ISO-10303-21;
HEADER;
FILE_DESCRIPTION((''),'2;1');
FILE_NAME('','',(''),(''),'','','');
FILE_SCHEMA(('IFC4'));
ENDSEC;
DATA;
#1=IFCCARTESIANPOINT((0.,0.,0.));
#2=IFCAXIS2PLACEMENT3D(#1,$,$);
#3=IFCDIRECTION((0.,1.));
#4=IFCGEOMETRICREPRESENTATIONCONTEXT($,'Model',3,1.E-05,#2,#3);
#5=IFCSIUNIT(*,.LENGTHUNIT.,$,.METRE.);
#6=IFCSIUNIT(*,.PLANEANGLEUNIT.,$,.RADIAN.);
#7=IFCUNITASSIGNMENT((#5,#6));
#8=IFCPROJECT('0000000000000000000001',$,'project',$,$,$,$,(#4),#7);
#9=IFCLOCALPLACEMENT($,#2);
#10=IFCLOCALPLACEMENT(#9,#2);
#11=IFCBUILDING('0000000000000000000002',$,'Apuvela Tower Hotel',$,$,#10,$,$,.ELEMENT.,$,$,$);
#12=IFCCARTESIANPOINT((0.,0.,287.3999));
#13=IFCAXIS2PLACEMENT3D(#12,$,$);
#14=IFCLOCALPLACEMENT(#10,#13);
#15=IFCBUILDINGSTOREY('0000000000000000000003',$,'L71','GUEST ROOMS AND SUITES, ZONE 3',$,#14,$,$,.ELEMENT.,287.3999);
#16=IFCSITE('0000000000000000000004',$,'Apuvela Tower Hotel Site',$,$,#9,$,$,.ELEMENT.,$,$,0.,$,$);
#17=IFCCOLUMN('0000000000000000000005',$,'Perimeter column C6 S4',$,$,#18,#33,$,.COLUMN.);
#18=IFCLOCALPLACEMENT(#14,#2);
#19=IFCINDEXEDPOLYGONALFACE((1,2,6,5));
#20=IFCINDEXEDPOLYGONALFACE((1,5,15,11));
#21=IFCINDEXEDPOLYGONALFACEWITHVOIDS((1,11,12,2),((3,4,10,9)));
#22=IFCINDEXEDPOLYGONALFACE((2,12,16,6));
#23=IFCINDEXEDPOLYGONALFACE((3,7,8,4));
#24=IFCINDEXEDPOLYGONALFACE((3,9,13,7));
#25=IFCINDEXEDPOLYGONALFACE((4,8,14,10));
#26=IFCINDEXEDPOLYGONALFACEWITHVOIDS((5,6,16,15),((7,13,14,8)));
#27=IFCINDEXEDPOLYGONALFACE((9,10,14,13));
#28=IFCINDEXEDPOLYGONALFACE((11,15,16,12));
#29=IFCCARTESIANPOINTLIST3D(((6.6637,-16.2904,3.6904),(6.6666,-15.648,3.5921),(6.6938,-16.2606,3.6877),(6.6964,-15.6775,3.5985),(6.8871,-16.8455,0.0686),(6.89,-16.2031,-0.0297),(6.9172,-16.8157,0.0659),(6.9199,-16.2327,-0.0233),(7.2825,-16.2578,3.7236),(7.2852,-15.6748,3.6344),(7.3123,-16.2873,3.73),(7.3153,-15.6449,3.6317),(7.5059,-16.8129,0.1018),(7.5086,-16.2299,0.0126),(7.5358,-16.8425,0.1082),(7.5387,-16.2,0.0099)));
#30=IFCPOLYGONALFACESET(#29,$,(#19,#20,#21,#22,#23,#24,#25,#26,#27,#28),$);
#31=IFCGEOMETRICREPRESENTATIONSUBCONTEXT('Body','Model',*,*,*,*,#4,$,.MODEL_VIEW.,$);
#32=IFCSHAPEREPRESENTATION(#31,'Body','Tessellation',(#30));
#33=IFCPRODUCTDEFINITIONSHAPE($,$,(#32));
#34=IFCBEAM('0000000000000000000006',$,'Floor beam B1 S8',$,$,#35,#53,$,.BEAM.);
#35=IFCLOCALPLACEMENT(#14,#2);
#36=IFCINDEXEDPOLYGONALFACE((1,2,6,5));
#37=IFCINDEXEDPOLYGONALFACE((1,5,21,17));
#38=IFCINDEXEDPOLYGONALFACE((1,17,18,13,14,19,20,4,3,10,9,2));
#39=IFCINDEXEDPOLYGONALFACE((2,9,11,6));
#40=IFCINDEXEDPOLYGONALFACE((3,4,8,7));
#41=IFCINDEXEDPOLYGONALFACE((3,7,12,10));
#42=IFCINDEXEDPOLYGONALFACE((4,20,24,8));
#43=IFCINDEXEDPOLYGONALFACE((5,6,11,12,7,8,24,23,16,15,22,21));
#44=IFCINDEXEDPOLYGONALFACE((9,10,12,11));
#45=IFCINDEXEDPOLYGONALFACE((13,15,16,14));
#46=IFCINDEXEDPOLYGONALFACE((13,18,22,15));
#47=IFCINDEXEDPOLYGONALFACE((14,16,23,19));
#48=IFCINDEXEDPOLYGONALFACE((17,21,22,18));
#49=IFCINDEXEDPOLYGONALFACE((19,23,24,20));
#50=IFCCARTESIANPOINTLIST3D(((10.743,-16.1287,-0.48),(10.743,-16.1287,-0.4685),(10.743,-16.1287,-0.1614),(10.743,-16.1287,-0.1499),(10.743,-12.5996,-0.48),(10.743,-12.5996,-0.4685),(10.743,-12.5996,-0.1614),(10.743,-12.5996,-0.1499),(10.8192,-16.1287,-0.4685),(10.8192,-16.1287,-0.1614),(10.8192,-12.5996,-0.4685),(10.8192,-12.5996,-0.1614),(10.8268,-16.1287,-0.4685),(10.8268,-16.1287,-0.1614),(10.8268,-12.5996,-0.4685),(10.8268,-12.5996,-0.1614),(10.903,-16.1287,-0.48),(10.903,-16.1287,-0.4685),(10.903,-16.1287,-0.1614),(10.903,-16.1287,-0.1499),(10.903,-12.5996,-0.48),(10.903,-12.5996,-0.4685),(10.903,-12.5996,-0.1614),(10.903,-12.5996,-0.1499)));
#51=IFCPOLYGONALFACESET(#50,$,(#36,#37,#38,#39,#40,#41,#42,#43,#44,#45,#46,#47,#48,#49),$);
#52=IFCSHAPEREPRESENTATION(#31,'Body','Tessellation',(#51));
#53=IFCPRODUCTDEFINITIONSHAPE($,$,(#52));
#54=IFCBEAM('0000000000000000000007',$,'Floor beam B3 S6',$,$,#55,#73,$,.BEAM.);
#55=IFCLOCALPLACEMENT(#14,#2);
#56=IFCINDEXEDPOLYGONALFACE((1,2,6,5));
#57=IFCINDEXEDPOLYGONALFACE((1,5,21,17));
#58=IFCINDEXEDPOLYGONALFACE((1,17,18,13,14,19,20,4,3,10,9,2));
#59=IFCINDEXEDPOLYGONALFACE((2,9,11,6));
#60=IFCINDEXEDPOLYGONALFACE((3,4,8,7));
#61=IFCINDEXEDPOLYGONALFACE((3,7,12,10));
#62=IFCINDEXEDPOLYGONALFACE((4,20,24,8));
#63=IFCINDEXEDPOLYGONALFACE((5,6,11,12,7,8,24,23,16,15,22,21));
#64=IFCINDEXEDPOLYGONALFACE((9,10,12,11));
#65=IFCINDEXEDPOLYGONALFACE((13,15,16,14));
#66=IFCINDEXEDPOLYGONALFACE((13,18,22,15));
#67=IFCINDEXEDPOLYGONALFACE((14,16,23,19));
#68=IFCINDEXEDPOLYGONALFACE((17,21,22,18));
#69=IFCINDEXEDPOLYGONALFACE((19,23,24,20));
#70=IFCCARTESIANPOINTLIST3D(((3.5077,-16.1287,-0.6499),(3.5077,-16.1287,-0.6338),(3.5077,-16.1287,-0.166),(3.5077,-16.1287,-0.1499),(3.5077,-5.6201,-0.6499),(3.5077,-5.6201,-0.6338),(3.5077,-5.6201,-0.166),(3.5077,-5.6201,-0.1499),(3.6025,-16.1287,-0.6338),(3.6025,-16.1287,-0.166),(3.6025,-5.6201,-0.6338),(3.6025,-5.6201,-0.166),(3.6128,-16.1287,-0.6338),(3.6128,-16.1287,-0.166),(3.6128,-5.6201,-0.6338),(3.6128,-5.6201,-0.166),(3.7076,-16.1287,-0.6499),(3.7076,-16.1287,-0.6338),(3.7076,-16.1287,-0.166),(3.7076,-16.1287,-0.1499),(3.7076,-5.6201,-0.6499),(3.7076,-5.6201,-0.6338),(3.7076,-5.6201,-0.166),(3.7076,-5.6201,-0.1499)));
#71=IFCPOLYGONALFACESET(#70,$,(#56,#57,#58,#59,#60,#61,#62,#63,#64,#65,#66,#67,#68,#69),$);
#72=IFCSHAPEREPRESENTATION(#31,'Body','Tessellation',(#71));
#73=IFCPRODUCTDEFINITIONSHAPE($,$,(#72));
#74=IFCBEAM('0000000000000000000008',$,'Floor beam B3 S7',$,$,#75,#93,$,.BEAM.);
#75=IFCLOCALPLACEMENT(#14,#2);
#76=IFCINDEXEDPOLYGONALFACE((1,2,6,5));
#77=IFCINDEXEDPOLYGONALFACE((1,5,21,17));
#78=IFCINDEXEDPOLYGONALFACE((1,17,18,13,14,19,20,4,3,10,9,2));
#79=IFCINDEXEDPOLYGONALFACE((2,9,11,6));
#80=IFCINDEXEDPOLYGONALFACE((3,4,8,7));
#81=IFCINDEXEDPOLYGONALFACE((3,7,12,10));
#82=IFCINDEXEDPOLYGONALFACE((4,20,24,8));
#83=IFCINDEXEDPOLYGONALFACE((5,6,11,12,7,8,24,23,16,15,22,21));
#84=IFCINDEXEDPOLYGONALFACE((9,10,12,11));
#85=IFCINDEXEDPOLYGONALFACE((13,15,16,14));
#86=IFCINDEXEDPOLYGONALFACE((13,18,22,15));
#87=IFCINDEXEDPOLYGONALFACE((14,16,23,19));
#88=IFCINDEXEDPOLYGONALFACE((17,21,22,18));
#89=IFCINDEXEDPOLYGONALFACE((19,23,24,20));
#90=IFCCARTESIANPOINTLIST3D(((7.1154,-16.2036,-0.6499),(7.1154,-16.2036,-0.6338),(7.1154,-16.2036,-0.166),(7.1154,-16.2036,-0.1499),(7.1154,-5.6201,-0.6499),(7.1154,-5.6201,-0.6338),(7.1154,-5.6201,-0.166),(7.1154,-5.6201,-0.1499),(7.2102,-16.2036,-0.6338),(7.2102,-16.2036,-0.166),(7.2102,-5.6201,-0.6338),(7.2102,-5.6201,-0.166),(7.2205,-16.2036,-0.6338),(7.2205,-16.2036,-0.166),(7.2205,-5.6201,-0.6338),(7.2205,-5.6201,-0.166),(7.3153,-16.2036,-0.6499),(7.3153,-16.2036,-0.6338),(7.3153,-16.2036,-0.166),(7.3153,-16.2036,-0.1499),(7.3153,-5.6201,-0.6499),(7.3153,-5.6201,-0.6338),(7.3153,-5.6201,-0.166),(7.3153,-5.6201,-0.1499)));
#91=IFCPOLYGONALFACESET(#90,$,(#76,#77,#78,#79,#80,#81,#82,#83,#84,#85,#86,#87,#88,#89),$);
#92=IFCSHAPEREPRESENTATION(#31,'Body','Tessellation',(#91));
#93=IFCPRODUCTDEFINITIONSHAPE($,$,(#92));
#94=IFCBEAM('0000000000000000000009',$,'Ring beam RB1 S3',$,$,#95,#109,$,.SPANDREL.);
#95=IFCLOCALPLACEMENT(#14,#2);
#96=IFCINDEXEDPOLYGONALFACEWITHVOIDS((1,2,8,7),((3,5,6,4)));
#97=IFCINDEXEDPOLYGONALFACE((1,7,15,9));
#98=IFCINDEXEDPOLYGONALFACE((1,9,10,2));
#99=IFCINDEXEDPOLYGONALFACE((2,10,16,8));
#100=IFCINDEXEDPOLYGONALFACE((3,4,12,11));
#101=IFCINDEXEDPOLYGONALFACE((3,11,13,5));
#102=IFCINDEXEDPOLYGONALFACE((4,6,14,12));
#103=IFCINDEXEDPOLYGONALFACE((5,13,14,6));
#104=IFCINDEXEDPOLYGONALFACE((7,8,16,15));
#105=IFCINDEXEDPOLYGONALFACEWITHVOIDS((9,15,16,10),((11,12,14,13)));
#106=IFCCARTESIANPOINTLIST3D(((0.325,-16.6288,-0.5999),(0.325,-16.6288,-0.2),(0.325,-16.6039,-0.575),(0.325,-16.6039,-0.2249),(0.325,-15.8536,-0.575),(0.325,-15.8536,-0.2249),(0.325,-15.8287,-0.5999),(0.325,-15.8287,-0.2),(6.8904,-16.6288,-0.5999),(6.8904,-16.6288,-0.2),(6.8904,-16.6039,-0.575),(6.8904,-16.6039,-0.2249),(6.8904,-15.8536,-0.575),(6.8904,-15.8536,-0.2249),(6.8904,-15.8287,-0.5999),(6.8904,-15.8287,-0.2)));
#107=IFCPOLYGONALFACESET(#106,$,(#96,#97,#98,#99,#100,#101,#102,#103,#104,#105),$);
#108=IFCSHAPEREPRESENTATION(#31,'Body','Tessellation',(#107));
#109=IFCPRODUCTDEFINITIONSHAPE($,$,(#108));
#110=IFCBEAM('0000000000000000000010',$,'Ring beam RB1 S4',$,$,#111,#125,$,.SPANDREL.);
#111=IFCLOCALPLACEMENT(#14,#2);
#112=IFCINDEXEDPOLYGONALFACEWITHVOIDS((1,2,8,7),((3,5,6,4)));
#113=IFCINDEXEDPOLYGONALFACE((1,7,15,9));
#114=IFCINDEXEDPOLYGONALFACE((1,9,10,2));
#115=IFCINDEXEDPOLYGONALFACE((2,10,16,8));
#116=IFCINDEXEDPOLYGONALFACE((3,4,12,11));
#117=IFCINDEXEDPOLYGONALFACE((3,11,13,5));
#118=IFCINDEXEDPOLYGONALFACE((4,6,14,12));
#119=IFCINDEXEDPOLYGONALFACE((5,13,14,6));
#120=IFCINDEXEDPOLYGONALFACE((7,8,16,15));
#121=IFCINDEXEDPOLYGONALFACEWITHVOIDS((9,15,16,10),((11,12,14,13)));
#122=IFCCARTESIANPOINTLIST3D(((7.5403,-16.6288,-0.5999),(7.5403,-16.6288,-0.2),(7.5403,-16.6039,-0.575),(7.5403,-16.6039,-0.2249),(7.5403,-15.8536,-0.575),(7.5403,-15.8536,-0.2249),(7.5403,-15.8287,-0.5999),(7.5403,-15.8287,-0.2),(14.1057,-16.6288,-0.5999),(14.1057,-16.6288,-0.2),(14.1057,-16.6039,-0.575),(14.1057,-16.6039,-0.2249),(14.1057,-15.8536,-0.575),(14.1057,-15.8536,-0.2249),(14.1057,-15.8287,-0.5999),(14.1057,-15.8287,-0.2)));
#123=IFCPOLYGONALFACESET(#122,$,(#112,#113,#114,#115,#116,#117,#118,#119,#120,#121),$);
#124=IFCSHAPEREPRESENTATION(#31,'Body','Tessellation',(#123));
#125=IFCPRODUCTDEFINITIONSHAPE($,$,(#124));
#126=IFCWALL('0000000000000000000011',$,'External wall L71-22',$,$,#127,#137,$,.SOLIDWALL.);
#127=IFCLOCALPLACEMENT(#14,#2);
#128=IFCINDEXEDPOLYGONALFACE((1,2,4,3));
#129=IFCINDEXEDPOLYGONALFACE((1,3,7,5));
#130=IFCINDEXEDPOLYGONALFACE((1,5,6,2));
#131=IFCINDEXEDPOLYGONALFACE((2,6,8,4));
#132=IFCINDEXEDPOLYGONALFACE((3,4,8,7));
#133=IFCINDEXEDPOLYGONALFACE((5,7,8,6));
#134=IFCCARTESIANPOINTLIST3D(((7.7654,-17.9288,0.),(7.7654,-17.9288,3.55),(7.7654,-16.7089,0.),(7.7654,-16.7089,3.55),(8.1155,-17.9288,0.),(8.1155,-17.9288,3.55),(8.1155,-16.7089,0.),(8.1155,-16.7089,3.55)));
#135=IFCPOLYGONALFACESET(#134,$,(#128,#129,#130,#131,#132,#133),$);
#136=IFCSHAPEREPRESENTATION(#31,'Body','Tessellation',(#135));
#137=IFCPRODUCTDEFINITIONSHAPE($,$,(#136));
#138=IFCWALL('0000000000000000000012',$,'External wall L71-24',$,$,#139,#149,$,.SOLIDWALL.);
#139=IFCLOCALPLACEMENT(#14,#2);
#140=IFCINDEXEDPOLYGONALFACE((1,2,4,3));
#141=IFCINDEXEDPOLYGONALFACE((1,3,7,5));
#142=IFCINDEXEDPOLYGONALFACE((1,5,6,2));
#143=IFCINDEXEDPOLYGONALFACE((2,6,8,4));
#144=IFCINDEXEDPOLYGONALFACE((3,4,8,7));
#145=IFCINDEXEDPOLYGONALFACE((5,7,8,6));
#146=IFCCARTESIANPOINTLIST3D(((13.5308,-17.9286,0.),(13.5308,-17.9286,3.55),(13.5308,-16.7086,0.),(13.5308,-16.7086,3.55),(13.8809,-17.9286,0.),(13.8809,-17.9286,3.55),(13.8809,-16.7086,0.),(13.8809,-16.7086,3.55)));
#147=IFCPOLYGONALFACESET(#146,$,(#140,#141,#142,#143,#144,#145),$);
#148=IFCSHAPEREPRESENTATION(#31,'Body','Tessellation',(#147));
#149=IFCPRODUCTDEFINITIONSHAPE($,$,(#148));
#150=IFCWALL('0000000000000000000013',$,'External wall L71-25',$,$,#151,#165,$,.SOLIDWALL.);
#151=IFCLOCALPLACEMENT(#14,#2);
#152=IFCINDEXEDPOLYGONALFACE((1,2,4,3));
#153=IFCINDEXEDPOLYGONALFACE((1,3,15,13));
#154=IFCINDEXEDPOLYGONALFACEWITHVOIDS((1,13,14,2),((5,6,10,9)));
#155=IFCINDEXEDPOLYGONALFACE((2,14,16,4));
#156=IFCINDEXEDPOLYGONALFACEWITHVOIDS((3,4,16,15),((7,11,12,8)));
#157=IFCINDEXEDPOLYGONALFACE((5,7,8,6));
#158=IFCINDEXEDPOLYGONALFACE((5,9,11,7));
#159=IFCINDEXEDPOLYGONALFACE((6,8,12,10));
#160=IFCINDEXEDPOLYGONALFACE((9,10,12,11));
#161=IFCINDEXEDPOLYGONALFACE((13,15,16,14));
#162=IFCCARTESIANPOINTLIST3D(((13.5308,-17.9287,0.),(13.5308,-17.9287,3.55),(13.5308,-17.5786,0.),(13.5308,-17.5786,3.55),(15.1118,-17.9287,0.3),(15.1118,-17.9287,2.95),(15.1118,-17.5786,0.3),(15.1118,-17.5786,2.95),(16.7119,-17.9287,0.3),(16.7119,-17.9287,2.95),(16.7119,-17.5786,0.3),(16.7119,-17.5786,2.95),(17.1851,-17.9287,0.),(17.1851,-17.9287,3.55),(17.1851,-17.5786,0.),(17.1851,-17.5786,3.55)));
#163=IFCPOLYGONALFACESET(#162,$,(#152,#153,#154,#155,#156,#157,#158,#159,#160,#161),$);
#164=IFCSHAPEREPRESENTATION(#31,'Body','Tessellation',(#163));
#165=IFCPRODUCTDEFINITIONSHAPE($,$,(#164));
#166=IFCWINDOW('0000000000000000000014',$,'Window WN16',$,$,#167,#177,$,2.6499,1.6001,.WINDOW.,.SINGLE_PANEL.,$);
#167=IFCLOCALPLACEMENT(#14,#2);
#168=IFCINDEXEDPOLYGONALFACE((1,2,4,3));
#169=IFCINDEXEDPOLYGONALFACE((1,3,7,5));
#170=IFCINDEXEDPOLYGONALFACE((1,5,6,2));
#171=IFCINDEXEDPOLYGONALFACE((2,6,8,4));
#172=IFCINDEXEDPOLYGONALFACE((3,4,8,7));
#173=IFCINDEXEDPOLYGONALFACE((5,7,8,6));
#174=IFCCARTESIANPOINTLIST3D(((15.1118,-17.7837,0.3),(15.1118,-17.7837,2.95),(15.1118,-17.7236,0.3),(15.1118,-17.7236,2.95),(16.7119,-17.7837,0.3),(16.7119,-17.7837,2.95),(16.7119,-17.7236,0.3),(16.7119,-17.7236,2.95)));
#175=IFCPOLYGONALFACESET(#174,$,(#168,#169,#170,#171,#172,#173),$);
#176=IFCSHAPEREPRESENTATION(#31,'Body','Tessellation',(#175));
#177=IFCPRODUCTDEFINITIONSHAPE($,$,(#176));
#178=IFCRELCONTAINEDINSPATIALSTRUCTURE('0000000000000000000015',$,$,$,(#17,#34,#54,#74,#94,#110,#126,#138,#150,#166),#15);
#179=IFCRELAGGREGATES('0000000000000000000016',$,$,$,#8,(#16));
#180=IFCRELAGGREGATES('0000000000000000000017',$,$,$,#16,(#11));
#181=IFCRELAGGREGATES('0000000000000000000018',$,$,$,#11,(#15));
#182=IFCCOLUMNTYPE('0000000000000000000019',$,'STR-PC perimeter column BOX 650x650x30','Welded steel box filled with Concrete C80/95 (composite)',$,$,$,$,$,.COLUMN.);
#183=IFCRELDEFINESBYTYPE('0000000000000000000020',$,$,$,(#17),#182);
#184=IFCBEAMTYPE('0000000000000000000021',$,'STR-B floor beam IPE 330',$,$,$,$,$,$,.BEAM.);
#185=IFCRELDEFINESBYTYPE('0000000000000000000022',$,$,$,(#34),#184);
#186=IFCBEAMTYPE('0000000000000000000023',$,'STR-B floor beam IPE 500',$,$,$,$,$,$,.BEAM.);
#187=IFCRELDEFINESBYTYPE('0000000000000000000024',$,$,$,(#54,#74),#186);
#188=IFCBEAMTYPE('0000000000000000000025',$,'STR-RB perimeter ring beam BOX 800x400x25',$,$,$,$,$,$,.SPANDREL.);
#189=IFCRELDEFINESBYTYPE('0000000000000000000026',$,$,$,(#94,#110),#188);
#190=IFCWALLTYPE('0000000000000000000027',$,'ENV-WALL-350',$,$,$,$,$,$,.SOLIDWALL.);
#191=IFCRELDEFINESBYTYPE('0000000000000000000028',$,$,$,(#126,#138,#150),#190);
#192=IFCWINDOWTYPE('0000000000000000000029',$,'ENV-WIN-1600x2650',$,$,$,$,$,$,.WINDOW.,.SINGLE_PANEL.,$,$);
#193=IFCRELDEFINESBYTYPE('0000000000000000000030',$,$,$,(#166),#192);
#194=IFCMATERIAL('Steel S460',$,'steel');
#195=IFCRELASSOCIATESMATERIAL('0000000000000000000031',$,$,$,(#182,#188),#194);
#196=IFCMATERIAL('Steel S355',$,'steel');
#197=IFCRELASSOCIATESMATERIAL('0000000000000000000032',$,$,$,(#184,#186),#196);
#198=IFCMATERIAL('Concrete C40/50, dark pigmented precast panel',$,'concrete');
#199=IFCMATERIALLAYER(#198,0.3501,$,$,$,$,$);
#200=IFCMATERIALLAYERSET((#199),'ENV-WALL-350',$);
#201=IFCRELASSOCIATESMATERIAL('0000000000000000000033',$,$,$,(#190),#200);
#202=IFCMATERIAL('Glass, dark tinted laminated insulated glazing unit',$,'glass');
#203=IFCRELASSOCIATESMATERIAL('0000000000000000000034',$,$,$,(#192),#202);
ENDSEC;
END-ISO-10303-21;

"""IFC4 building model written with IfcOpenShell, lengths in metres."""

from ifc_helpers import new_model, si_unit, direction, frame, frame_2d, origin, origin_2d, place, context, subcontext, project, spatial, rectangle, hollow_rectangle, i_section, extrude, boolean, halfspace, material, layer, layer_set, material_profile, profile_set, type_object, element, fill, save


model = new_model("IFC4")

# Units and contexts
model_context = context("Model", 3, precision=1e-05, world=origin(), true_north=direction((0.0, 1.0)))
body_context = subcontext(model_context, "Body", "Model", "MODEL_VIEW")
ifc_project = project(units=[si_unit("LENGTHUNIT", "METRE"), si_unit("PLANEANGLEUNIT", "RADIAN")], contexts=[model_context])

# Site, building, storey
site_placement = place(None, origin())
site = spatial("IfcSite", under=ifc_project, at=site_placement, Name="Apuvela Tower Hotel Site", CompositionType="ELEMENT", RefElevation=0.0)
building_placement = place(site_placement, origin())
building = spatial("IfcBuilding", under=site, at=building_placement, Name="Apuvela Tower Hotel", CompositionType="ELEMENT")
storey_placement = place(building_placement, frame((0.0, 0.0, 287.3999)))
storey = spatial("IfcBuildingStorey", under=building, at=storey_placement, Name="L71", Description="GUEST ROOMS AND SUITES, ZONE 3", CompositionType="ELEMENT", Elevation=287.3999)

# Column
ifc_material_1 = material(Name="Steel S460", Category="steel")
ifc_material_profile_1 = material_profile(ifc_material_1, hollow_rectangle(XDim=0.6499, YDim=0.6499, WallThickness=0.03, at=origin_2d()), Name="BOX 650x650x30")
ifc_material_2 = material(Name="Concrete C80/95", Category="concrete")
ifc_material_profile_2 = material_profile(ifc_material_2, rectangle(XDim=0.5901, YDim=0.5901, at=origin_2d()), Name="Concrete C80/95 infill")
ifc_profile_set_1 = profile_set([ifc_material_profile_1, ifc_material_profile_2], Name="Steel S460")
column_type = type_object("IfcColumnType", Name="STR-PC perimeter column BOX 650x650x30", Description="Welded steel box filled with Concrete C80/95 (composite)", PredefinedType="COLUMN", material=ifc_profile_set_1)
column_placement = place(storey_placement, frame((7.2153, -16.5288, 0.0), z_axis=(-0.060867, 0.151222, 0.986624), x_axis=(0.998136, 0.004713, 0.060854)))
element("IfcColumn", 1, at=column_placement, inside=storey, type_object=column_type, Name="Perimeter column C6 S4", PredefinedType="COLUMN", context=body_context, shape_type="SweptSolid", body=[
    boolean("DIFFERENCE", boolean("DIFFERENCE", extrude(hollow_rectangle(XDim=0.6499, YDim=0.6499, WallThickness=0.03, at=origin_2d()), origin(), (0.0, 0.0, 1.0), 3.7502), halfspace(frame((0.0, 0.0, 0.0398), z_axis=(0.0, 0.0, 1.0), x_axis=(1.0, 0.0, 0.0)), True)), halfspace(frame((0.0, 0.0, 3.7107), z_axis=(0.0, 0.0, 1.0), x_axis=(1.0, 0.0, 0.0)), False)),
])

# Beams
ifc_material_3 = material(Name="Steel S355", Category="steel")
ifc_material_profile_3 = material_profile(ifc_material_3, i_section(OverallWidth=0.1599, OverallDepth=0.3301, WebThickness=0.0076, FlangeThickness=0.0115, at=origin_2d()), Name="IPE 330")
ifc_profile_set_2 = profile_set([ifc_material_profile_3], Name="Steel S355")
beam_type_1 = type_object("IfcBeamType", Name="STR-B floor beam IPE 330", PredefinedType="BEAM", material=ifc_profile_set_2)
beam_1_placement = place(storey_placement, frame((10.823, -16.1287, -0.3149), z_axis=(0.0, 1.0, 0.0), x_axis=(-1.0, 0.0, 0.0)))
element("IfcBeam", 2, at=beam_1_placement, inside=storey, type_object=beam_type_1, Name="Floor beam B1 S8", PredefinedType="BEAM", context=body_context, shape_type="SweptSolid", body=[
    extrude(i_section(OverallWidth=0.1599, OverallDepth=0.3301, WebThickness=0.0076, FlangeThickness=0.0115, at=origin_2d()), origin(), (0.0, 0.0, 1.0), 3.5291),
])
ifc_material_profile_4 = material_profile(ifc_material_3, i_section(OverallWidth=0.2, OverallDepth=0.5, WebThickness=0.0103, FlangeThickness=0.0161, at=origin_2d()), Name="IPE 500")
ifc_profile_set_3 = profile_set([ifc_material_profile_4], Name="Steel S355")
beam_type_2 = type_object("IfcBeamType", Name="STR-B floor beam IPE 500", PredefinedType="BEAM", material=ifc_profile_set_3)
beam_2_placement = place(storey_placement, frame((3.6077, -16.1287, -0.3999), z_axis=(0.0, 1.0, 0.0), x_axis=(-1.0, 0.0, 0.0)))
element("IfcBeam", 3, at=beam_2_placement, inside=storey, type_object=beam_type_2, Name="Floor beam B3 S6", PredefinedType="BEAM", context=body_context, shape_type="SweptSolid", body=[
    extrude(i_section(OverallWidth=0.2, OverallDepth=0.5, WebThickness=0.0103, FlangeThickness=0.0161, at=origin_2d()), origin(), (0.0, 0.0, 1.0), 10.5085),
])
beam_3_placement = place(storey_placement, frame((7.2153, -16.2036, -0.3999), z_axis=(0.0, 1.0, 0.0), x_axis=(-1.0, 0.0, 0.0)))
element("IfcBeam", 4, at=beam_3_placement, inside=storey, type_object=beam_type_2, Name="Floor beam B3 S7", PredefinedType="BEAM", context=body_context, shape_type="SweptSolid", body=[
    extrude(i_section(OverallWidth=0.2, OverallDepth=0.5, WebThickness=0.0103, FlangeThickness=0.0161, at=origin_2d()), origin(), (0.0, 0.0, 1.0), 10.5835),
])
ifc_material_profile_5 = material_profile(ifc_material_1, hollow_rectangle(XDim=0.8, YDim=0.3999, WallThickness=0.0249, at=origin_2d()), Name="BOX 800x400x25")
ifc_profile_set_4 = profile_set([ifc_material_profile_5], Name="Steel S460")
beam_type_3 = type_object("IfcBeamType", Name="STR-RB perimeter ring beam BOX 800x400x25", PredefinedType="SPANDREL", material=ifc_profile_set_4)
for number, where, z_axis, x_axis, name in (
    (5, (0.325, -16.2288, -0.3999), (1.0, 0.0, 0.0), (0.0, 1.0, 0.0), "Ring beam RB1 S3"),
    (6, (7.5403, -16.2288, -0.3999), (1.0, 0.0, 0.0), (0.0, 1.0, 0.0), "Ring beam RB1 S4"),
):
    element("IfcBeam", number, at=place(storey_placement, frame(where, z_axis=z_axis, x_axis=x_axis)), inside=storey, type_object=beam_type_3, Name=name, PredefinedType="SPANDREL", context=body_context, shape_type="SweptSolid", body=[
        extrude(hollow_rectangle(XDim=0.8, YDim=0.3999, WallThickness=0.0249, at=origin_2d()), origin(), (0.0, 0.0, 1.0), 6.5654),
    ])

# Wall
ifc_material_4 = material(Name="Concrete C40/50, dark pigmented precast panel", Category="concrete")
ifc_layer_1 = layer(ifc_material_4, 0.3501)
ifc_layer_set_1 = layer_set([ifc_layer_1], Name="ENV-WALL-350")
wall_type_1 = type_object("IfcWallType", Name="ENV-WALL-350", PredefinedType="SOLIDWALL", material=ifc_layer_set_1)
wall_1_placement = place(storey_placement, frame((7.9404, -17.9287, 0.0), z_axis=(0.0, 0.0, 1.0), x_axis=(0.0, 1.0, 0.0)))
element("IfcWall", 7, at=wall_1_placement, inside=storey, type_object=wall_type_1, Name="External wall L71-22", PredefinedType="SOLIDWALL", context=body_context, shape_type="SweptSolid", body=[
    extrude(rectangle(XDim=1.22, YDim=0.3501, at=frame_2d((0.6099, 0.0))), origin(), (0.0, 0.0, 1.0), 3.55),
])

# Shared definitions
ifc_material_5 = material(Name="Glass, dark tinted laminated insulated glazing unit", Category="glass")

# Wall
wall_2_placement = place(storey_placement, frame((13.7058, -16.7087, 0.0), z_axis=(0.0, 0.0, 1.0), x_axis=(0.0, -1.0, 0.0)))
element("IfcWall", 8, at=wall_2_placement, inside=storey, type_object=wall_type_1, Name="External wall L71-24", PredefinedType="SOLIDWALL", context=body_context, shape_type="SweptSolid", body=[
    extrude(rectangle(XDim=1.22, YDim=0.3501, at=frame_2d((0.6099, 0.0))), origin(), (0.0, 0.0, 1.0), 3.55),
])

# Wall, opening, window
wall_3_placement = place(storey_placement, frame((13.5308, -17.7537, 0.0), z_axis=(0.0, 0.0, 1.0), x_axis=(1.0, 0.0, 0.0)))
wall_3 = element("IfcWall", 9, at=wall_3_placement, inside=storey, type_object=wall_type_1, Name="External wall L71-25", PredefinedType="SOLIDWALL", context=body_context, shape_type="SweptSolid", body=[
    extrude(rectangle(XDim=3.6543, YDim=0.3501, at=frame_2d((1.8271, 0.0))), origin(), (0.0, 0.0, 1.0), 3.55),
])
opening_1_placement = place(wall_3_placement, frame((1.5811, 0.0, 0.3)))
opening_1 = element("IfcOpeningElement", 10, at=opening_1_placement, cuts=wall_3, PredefinedType="OPENING", context=body_context, shape_type="SweptSolid", body=[
    extrude(rectangle(XDim=1.6001, YDim=2.6499, at=frame_2d((0.8, 1.325))), frame((0.0, 0.1851, 0.0), z_axis=(0.0, -1.0, 0.0), x_axis=(1.0, 0.0, 0.0)), (0.0, 0.0, 1.0), 0.3701),
])
window_type_1 = type_object("IfcWindowType", Name="ENV-WIN-1600x2650", PartitioningType="SINGLE_PANEL", PredefinedType="WINDOW", material=ifc_material_5)
window_1_placement = place(opening_1_placement, origin())
window_1 = element("IfcWindow", 11, at=window_1_placement, inside=storey, type_object=window_type_1, Name="Window WN16", OverallHeight=2.6499, OverallWidth=1.6001, PartitioningType="SINGLE_PANEL", PredefinedType="WINDOW", context=body_context, shape_type="SweptSolid", body=[
    extrude(rectangle(XDim=1.6001, YDim=2.6499, at=frame_2d((0.8, 1.325))), frame((0.0, 0.03, 0.0), z_axis=(0.0, -1.0, 0.0), x_axis=(1.0, 0.0, 0.0)), (0.0, 0.0, 1.0), 0.0601),
])
fill(opening_1, window_1)

save(model, "model.ifc")
